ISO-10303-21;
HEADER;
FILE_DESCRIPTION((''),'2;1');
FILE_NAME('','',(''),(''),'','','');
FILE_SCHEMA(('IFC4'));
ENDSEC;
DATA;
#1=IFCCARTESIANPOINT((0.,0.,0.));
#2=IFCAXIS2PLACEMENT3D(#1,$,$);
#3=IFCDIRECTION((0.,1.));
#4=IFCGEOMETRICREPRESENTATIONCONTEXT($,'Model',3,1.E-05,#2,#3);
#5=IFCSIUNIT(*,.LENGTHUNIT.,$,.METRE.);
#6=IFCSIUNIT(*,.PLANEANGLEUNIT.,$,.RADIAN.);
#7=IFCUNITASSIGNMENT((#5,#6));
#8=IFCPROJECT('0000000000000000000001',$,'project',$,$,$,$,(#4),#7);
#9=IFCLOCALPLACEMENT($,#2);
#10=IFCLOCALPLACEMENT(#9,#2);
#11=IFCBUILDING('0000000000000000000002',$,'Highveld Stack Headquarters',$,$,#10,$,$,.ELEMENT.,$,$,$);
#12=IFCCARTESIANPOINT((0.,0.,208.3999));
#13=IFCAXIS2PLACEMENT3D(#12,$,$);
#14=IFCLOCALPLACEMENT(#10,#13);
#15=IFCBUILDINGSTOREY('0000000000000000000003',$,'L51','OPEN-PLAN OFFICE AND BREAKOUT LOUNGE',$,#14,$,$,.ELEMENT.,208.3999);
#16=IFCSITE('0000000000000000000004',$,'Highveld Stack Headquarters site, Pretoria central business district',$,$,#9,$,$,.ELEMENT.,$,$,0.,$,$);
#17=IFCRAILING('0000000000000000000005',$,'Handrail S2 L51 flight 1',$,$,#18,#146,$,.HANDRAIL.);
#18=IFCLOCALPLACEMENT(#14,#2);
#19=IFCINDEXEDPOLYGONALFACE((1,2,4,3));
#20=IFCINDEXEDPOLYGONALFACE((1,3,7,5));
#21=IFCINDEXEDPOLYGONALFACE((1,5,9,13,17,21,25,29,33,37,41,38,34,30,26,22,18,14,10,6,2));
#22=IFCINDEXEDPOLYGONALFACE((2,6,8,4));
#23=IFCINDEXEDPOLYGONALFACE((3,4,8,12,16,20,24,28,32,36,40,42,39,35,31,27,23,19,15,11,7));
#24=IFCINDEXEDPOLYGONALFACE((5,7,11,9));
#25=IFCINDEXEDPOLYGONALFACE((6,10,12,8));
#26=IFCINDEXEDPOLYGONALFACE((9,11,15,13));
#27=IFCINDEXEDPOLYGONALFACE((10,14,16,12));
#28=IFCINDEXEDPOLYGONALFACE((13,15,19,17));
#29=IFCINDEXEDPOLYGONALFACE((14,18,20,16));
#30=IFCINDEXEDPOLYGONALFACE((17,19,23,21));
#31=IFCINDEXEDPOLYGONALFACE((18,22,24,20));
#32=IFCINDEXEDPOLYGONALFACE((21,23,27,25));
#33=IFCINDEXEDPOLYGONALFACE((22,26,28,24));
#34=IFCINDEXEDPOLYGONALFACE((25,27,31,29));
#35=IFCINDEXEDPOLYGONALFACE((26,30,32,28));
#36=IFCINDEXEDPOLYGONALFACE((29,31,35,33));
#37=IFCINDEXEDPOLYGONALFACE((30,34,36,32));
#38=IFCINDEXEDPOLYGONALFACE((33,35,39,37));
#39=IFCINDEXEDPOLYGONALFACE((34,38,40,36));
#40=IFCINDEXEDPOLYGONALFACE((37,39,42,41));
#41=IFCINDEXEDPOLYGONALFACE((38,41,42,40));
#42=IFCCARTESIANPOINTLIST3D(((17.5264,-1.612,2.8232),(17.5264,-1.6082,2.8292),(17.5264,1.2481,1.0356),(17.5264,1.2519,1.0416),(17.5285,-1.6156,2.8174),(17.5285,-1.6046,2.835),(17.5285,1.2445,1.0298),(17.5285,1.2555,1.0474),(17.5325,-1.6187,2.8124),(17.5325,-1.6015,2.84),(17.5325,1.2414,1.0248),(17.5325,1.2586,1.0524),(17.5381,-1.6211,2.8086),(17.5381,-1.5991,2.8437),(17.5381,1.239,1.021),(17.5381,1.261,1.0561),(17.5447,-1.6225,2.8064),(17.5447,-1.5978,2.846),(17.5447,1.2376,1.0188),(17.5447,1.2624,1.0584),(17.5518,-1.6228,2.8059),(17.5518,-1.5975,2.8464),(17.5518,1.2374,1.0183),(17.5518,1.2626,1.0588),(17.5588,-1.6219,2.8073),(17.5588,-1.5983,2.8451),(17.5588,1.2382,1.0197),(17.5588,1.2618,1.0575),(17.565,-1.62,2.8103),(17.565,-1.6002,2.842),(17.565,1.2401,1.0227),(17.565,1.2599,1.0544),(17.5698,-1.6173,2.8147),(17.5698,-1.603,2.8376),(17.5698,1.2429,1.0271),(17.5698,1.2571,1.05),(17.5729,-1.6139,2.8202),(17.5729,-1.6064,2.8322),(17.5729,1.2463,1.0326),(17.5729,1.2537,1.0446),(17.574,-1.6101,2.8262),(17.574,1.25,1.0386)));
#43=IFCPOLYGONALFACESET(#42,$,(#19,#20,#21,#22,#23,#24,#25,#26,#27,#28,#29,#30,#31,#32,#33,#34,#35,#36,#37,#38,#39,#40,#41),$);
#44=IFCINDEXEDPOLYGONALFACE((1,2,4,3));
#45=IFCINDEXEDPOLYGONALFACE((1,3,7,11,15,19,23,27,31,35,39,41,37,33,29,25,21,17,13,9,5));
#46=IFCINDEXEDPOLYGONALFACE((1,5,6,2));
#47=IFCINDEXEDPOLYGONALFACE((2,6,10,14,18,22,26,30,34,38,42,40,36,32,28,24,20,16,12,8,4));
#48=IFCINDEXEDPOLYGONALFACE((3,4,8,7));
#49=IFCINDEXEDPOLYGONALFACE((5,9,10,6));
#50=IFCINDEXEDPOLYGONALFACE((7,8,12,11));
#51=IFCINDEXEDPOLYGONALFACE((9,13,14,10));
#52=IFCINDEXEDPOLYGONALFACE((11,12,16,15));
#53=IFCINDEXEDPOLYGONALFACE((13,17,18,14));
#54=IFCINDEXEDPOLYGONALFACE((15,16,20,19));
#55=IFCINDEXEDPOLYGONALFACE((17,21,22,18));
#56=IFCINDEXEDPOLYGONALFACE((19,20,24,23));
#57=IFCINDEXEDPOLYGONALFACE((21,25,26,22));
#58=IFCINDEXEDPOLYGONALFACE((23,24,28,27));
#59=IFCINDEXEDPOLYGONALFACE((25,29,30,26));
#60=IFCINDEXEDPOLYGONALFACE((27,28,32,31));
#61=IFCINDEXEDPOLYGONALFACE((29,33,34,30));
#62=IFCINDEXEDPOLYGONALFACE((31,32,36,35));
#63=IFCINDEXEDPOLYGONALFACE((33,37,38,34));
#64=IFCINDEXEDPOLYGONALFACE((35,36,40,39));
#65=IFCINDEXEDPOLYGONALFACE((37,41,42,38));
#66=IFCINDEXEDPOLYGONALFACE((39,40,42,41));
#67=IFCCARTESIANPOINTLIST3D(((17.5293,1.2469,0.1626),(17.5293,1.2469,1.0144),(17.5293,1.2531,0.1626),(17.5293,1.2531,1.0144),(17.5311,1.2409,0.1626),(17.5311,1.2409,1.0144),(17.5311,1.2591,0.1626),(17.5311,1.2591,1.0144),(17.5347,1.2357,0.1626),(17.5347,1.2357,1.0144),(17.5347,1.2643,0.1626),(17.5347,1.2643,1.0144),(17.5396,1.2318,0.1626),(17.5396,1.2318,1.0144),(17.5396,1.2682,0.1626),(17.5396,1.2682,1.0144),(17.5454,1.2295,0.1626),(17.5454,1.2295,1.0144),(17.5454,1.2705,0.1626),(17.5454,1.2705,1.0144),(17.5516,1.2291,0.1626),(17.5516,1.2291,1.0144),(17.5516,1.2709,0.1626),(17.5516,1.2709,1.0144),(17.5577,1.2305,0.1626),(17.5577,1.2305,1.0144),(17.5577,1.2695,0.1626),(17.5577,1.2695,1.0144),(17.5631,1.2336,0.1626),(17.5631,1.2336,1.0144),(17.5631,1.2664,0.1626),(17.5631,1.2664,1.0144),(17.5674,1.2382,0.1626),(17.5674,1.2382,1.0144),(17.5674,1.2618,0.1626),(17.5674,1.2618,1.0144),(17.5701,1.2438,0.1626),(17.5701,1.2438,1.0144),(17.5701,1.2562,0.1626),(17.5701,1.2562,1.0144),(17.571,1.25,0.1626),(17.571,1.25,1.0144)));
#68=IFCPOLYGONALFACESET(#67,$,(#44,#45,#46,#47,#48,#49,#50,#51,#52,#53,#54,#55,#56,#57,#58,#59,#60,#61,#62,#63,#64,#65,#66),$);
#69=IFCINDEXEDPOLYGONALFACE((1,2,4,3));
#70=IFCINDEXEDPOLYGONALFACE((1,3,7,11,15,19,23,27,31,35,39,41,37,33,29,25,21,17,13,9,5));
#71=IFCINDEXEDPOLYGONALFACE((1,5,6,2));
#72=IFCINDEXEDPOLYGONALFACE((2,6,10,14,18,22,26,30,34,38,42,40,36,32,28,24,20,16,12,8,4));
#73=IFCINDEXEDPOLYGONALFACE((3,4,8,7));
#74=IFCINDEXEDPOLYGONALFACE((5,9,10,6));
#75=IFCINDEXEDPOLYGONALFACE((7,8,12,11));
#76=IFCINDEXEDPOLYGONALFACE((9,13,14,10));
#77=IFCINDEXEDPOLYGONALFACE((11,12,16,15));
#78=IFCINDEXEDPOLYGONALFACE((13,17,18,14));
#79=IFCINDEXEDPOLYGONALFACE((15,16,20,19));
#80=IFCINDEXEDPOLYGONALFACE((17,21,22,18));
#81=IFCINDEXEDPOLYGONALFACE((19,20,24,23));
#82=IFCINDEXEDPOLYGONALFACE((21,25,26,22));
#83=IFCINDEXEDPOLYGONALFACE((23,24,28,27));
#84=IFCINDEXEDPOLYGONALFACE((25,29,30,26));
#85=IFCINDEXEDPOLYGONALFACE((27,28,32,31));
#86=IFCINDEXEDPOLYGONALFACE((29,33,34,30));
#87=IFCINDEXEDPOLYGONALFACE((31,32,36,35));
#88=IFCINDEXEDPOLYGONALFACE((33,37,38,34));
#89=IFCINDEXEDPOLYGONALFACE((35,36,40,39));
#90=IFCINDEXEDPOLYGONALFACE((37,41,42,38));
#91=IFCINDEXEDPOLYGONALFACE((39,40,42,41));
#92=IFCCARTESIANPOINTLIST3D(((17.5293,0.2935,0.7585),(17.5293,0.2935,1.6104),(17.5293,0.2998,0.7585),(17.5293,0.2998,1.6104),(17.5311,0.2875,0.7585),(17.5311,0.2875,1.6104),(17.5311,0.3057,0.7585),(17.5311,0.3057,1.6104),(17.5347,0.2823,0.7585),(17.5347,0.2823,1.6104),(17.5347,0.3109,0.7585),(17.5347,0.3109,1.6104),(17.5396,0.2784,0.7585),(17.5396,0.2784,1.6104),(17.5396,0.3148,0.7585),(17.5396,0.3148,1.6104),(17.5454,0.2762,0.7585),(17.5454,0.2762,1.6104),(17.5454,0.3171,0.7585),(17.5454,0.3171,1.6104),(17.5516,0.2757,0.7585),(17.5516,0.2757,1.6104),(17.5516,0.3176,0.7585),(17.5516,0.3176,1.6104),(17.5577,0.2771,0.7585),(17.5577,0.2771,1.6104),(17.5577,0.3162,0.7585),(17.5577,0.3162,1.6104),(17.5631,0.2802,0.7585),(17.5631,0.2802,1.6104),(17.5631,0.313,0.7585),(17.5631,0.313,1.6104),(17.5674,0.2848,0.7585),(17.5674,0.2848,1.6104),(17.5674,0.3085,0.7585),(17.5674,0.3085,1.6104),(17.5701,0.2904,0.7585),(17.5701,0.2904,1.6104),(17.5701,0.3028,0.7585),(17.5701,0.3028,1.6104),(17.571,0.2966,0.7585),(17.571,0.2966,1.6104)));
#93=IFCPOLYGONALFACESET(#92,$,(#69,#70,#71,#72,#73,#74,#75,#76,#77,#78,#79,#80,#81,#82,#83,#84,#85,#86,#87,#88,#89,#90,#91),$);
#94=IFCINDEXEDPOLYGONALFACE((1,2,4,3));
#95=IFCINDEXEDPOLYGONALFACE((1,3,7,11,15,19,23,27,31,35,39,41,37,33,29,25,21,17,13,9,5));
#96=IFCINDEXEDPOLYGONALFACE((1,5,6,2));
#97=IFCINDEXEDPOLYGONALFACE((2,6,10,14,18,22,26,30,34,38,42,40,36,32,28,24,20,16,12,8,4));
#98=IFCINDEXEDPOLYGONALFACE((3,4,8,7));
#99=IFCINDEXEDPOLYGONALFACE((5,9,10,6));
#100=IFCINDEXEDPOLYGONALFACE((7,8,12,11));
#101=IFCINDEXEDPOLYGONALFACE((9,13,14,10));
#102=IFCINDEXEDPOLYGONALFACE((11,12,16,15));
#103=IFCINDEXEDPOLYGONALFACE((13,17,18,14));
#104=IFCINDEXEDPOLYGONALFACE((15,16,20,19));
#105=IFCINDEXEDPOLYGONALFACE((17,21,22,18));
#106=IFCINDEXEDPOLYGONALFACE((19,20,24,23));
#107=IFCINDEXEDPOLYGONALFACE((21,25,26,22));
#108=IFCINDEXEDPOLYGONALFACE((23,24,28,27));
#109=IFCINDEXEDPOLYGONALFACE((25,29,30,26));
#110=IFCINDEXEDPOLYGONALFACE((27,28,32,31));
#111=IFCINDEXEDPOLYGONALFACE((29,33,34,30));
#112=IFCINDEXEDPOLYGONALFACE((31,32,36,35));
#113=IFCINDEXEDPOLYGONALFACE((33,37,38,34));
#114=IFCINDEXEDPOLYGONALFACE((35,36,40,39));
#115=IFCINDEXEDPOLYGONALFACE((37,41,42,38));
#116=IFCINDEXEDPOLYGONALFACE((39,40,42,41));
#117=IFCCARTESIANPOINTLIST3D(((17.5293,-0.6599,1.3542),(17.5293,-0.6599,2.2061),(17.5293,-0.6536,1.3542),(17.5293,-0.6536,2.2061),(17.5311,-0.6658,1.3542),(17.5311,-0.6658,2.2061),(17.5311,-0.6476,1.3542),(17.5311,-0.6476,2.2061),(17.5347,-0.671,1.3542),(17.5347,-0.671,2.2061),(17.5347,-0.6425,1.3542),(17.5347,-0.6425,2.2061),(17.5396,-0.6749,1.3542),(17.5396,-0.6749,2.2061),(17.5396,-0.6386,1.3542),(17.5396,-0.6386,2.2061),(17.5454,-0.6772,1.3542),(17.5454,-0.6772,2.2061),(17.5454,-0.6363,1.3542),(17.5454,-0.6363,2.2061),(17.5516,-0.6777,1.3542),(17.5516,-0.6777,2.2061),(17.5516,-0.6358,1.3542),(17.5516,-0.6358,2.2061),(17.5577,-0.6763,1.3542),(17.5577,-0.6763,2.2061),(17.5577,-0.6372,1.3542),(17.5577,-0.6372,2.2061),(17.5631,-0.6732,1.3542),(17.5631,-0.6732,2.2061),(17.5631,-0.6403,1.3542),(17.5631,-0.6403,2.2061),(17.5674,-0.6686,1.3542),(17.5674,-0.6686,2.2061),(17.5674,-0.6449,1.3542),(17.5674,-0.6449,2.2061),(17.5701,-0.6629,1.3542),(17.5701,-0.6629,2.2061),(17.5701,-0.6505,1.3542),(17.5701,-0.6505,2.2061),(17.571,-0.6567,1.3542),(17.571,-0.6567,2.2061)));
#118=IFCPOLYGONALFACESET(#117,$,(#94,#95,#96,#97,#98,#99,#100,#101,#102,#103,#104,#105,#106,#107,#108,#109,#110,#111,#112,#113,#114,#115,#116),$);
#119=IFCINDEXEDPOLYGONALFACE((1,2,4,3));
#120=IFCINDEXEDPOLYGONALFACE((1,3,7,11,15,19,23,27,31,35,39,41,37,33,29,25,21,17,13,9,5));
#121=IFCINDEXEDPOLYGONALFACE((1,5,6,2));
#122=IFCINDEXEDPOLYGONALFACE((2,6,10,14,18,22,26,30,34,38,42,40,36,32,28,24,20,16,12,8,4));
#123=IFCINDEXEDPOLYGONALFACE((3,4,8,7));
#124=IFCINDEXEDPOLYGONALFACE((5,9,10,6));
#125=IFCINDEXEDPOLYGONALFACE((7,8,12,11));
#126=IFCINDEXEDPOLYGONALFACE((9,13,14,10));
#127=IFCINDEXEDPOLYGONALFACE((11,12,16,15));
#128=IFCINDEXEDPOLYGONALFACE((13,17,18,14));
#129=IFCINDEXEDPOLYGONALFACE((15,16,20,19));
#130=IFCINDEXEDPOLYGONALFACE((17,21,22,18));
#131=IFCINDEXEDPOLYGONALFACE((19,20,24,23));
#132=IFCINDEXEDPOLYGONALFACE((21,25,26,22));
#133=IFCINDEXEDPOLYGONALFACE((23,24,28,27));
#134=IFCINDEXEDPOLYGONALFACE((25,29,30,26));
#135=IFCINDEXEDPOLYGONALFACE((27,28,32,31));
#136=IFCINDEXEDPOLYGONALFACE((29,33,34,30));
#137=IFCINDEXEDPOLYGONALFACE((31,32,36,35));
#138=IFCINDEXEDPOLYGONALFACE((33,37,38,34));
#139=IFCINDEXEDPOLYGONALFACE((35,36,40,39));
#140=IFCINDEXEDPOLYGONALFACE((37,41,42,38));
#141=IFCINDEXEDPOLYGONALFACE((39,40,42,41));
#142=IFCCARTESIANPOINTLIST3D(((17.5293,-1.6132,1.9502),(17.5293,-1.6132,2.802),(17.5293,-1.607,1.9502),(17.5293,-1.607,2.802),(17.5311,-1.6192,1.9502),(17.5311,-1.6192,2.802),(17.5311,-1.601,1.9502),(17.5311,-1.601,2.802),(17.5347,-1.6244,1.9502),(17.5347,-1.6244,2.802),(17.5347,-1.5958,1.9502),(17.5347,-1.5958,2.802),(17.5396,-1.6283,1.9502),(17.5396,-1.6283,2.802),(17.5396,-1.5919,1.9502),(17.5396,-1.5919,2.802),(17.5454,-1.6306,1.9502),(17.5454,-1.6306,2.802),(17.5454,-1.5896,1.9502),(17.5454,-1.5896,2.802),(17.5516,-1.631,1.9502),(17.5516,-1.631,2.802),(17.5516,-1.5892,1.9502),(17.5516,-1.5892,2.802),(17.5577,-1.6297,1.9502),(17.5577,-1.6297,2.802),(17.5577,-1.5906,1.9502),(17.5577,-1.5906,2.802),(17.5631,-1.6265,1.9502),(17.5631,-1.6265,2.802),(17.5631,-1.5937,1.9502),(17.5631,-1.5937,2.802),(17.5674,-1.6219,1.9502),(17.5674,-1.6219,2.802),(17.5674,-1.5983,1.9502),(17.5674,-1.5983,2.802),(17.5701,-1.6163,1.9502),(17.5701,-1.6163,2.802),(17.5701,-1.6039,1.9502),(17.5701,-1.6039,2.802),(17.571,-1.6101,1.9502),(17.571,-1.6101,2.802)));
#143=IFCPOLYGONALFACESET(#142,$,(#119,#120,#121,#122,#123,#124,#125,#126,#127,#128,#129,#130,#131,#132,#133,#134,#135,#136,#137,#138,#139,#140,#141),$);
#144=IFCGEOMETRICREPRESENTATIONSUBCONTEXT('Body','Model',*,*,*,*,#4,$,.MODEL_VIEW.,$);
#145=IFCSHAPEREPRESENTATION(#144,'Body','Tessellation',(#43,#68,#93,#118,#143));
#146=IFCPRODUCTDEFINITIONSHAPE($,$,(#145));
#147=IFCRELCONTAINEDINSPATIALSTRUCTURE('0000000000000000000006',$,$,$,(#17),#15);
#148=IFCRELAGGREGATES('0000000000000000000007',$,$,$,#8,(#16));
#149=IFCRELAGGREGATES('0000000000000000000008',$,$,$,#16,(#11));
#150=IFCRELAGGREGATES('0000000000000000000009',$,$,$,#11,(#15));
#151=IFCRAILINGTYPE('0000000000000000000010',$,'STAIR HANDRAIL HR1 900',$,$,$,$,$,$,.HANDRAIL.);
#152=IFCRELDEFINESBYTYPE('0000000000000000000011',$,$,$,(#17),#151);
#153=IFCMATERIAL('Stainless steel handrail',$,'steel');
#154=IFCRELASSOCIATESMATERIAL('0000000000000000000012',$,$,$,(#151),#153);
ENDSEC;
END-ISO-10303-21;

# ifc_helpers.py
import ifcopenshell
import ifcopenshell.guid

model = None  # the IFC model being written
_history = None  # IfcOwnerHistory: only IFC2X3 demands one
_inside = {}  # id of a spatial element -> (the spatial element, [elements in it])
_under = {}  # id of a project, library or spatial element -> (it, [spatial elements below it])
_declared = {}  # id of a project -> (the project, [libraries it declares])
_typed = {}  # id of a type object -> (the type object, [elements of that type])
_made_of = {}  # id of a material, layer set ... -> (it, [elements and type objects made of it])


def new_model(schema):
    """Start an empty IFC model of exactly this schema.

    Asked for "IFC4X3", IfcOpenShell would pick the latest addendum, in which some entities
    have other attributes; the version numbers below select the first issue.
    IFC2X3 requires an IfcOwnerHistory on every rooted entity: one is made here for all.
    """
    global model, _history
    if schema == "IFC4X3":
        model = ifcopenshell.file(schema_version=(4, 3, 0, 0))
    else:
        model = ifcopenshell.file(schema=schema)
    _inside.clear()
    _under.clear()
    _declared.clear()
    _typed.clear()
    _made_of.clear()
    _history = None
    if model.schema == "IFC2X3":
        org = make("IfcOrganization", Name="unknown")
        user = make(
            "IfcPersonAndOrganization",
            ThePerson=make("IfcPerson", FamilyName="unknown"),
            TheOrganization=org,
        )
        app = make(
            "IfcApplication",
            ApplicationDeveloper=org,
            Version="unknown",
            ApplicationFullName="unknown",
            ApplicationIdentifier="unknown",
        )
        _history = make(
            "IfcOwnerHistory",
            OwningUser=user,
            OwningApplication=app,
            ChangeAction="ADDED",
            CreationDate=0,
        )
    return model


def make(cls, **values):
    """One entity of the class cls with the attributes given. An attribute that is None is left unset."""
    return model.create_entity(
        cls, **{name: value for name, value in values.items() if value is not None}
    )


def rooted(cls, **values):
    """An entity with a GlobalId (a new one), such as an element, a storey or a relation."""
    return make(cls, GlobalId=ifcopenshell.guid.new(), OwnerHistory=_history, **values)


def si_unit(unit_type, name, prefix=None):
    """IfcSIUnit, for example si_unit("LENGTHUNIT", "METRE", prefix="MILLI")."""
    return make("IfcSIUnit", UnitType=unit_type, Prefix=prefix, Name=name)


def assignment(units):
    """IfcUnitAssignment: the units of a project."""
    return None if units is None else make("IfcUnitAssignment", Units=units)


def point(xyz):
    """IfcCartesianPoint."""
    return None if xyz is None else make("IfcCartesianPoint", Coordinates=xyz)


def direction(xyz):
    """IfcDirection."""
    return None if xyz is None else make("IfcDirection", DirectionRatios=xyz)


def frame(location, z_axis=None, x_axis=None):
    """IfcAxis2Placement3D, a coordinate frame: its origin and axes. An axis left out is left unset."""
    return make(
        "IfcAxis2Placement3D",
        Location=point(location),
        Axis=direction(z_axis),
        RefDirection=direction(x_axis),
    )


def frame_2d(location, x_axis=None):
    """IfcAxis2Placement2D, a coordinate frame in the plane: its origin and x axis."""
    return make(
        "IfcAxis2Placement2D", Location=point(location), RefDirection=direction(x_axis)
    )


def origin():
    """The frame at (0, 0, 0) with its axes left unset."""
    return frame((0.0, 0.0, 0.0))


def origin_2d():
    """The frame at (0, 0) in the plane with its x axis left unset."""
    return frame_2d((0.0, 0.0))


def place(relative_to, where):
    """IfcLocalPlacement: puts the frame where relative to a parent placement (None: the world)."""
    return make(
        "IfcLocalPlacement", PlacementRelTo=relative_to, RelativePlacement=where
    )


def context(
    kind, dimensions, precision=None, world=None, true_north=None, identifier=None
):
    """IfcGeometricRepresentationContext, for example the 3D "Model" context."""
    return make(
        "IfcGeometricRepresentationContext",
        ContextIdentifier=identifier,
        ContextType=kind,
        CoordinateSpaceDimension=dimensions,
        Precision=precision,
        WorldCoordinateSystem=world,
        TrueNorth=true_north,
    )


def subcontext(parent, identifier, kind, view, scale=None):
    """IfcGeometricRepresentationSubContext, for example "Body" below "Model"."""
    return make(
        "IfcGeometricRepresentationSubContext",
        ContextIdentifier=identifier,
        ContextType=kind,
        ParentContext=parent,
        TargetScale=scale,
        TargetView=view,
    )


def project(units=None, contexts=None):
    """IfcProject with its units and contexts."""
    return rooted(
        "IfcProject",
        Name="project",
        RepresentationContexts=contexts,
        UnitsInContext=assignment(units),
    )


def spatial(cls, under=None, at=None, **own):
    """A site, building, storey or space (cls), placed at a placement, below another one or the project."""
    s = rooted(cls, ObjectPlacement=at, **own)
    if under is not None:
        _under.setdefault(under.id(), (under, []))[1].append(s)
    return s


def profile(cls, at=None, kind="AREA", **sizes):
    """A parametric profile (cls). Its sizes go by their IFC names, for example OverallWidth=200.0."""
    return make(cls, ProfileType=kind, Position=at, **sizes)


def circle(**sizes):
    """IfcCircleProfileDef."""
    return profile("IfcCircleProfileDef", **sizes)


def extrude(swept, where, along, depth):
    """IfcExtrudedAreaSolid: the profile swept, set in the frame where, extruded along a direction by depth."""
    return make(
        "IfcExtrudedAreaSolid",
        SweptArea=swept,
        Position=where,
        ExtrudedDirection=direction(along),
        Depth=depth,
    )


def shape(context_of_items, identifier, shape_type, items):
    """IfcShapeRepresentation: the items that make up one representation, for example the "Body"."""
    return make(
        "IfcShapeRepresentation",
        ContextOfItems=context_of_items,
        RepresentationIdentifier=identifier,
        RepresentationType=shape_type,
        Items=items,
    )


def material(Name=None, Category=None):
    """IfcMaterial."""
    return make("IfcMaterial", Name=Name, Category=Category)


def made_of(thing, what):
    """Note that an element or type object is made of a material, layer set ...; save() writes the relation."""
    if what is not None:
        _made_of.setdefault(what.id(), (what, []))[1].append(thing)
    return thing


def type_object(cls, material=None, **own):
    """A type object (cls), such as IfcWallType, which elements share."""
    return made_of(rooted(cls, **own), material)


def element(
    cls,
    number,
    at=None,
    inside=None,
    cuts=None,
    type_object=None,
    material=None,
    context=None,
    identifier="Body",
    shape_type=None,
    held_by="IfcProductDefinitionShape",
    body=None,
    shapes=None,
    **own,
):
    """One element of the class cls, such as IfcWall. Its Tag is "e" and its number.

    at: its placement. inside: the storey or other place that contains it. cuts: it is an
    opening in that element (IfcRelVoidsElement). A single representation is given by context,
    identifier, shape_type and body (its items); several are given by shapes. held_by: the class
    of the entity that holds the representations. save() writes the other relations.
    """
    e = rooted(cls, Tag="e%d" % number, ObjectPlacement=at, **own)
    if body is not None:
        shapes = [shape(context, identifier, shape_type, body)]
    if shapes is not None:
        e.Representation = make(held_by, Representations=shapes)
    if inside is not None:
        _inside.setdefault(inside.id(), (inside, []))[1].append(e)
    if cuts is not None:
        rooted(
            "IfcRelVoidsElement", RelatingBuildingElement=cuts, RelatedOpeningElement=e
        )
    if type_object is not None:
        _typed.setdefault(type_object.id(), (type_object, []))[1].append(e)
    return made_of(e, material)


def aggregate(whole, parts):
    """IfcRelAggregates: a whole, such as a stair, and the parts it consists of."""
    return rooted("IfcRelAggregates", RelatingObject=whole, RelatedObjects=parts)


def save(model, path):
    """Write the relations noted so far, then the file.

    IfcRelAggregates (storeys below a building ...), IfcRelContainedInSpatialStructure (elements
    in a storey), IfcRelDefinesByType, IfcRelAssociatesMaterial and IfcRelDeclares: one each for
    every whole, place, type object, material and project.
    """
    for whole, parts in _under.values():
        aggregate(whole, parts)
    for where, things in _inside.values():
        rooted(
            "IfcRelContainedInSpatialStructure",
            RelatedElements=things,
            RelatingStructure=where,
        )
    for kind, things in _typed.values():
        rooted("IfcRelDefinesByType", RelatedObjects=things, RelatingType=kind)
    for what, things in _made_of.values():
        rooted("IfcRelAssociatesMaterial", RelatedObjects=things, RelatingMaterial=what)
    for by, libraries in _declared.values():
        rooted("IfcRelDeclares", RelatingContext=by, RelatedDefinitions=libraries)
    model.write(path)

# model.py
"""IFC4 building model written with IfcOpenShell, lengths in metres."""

from ifc_helpers import new_model, si_unit, direction, frame, origin, origin_2d, place, context, subcontext, project, spatial, circle, extrude, material, type_object, element, save


model = new_model("IFC4")

# Units and contexts
model_context = context("Model", 3, precision=1e-05, world=origin(), true_north=direction((0.0, 1.0)))
body_context = subcontext(model_context, "Body", "Model", "MODEL_VIEW")
ifc_project = project(units=[si_unit("LENGTHUNIT", "METRE"), si_unit("PLANEANGLEUNIT", "RADIAN")], contexts=[model_context])

# Site, building, storey
site_placement = place(None, origin())
site = spatial("IfcSite", under=ifc_project, at=site_placement, Name="Highveld Stack Headquarters site, Pretoria central business district", CompositionType="ELEMENT", RefElevation=0.0)
building_placement = place(site_placement, origin())
building = spatial("IfcBuilding", under=site, at=building_placement, Name="Highveld Stack Headquarters", CompositionType="ELEMENT")
storey_placement = place(building_placement, frame((0.0, 0.0, 208.3999)))
storey = spatial("IfcBuildingStorey", under=building, at=storey_placement, Name="L51", Description="OPEN-PLAN OFFICE AND BREAKOUT LOUNGE", CompositionType="ELEMENT", Elevation=208.3999)

# Railing
ifc_material_1 = material(Name="Stainless steel handrail", Category="steel")
railing_type = type_object("IfcRailingType", Name="STAIR HANDRAIL HR1 900", PredefinedType="HANDRAIL", material=ifc_material_1)
railing_placement = place(storey_placement, frame((17.55, 1.25, 0.1626)))
element("IfcRailing", 1, at=railing_placement, inside=storey, type_object=railing_type, Name="Handrail S2 L51 flight 1", PredefinedType="HANDRAIL", context=body_context, shape_type="SweptSolid", body=[
    extrude(circle(Radius=0.0239, at=origin_2d()), frame((0.0, 0.0, 0.876), z_axis=(0.0, -0.847994, 0.530005), x_axis=(1.0, 0.0, 0.0)), (0.0, 0.0, 1.0), 3.3728),
    extrude(circle(Radius=0.021, at=origin_2d()), origin(), (0.0, 0.0, 1.0), 0.8518),
    extrude(circle(Radius=0.021, at=origin_2d()), frame((0.0, -0.9534, 0.5959)), (0.0, 0.0, 1.0), 0.8518),
    extrude(circle(Radius=0.021, at=origin_2d()), frame((0.0, -1.9067, 1.1917)), (0.0, 0.0, 1.0), 0.8518),
    extrude(circle(Radius=0.021, at=origin_2d()), frame((0.0, -2.8601, 1.7876)), (0.0, 0.0, 1.0), 0.8518),
])

save(model, "model.ifc")
